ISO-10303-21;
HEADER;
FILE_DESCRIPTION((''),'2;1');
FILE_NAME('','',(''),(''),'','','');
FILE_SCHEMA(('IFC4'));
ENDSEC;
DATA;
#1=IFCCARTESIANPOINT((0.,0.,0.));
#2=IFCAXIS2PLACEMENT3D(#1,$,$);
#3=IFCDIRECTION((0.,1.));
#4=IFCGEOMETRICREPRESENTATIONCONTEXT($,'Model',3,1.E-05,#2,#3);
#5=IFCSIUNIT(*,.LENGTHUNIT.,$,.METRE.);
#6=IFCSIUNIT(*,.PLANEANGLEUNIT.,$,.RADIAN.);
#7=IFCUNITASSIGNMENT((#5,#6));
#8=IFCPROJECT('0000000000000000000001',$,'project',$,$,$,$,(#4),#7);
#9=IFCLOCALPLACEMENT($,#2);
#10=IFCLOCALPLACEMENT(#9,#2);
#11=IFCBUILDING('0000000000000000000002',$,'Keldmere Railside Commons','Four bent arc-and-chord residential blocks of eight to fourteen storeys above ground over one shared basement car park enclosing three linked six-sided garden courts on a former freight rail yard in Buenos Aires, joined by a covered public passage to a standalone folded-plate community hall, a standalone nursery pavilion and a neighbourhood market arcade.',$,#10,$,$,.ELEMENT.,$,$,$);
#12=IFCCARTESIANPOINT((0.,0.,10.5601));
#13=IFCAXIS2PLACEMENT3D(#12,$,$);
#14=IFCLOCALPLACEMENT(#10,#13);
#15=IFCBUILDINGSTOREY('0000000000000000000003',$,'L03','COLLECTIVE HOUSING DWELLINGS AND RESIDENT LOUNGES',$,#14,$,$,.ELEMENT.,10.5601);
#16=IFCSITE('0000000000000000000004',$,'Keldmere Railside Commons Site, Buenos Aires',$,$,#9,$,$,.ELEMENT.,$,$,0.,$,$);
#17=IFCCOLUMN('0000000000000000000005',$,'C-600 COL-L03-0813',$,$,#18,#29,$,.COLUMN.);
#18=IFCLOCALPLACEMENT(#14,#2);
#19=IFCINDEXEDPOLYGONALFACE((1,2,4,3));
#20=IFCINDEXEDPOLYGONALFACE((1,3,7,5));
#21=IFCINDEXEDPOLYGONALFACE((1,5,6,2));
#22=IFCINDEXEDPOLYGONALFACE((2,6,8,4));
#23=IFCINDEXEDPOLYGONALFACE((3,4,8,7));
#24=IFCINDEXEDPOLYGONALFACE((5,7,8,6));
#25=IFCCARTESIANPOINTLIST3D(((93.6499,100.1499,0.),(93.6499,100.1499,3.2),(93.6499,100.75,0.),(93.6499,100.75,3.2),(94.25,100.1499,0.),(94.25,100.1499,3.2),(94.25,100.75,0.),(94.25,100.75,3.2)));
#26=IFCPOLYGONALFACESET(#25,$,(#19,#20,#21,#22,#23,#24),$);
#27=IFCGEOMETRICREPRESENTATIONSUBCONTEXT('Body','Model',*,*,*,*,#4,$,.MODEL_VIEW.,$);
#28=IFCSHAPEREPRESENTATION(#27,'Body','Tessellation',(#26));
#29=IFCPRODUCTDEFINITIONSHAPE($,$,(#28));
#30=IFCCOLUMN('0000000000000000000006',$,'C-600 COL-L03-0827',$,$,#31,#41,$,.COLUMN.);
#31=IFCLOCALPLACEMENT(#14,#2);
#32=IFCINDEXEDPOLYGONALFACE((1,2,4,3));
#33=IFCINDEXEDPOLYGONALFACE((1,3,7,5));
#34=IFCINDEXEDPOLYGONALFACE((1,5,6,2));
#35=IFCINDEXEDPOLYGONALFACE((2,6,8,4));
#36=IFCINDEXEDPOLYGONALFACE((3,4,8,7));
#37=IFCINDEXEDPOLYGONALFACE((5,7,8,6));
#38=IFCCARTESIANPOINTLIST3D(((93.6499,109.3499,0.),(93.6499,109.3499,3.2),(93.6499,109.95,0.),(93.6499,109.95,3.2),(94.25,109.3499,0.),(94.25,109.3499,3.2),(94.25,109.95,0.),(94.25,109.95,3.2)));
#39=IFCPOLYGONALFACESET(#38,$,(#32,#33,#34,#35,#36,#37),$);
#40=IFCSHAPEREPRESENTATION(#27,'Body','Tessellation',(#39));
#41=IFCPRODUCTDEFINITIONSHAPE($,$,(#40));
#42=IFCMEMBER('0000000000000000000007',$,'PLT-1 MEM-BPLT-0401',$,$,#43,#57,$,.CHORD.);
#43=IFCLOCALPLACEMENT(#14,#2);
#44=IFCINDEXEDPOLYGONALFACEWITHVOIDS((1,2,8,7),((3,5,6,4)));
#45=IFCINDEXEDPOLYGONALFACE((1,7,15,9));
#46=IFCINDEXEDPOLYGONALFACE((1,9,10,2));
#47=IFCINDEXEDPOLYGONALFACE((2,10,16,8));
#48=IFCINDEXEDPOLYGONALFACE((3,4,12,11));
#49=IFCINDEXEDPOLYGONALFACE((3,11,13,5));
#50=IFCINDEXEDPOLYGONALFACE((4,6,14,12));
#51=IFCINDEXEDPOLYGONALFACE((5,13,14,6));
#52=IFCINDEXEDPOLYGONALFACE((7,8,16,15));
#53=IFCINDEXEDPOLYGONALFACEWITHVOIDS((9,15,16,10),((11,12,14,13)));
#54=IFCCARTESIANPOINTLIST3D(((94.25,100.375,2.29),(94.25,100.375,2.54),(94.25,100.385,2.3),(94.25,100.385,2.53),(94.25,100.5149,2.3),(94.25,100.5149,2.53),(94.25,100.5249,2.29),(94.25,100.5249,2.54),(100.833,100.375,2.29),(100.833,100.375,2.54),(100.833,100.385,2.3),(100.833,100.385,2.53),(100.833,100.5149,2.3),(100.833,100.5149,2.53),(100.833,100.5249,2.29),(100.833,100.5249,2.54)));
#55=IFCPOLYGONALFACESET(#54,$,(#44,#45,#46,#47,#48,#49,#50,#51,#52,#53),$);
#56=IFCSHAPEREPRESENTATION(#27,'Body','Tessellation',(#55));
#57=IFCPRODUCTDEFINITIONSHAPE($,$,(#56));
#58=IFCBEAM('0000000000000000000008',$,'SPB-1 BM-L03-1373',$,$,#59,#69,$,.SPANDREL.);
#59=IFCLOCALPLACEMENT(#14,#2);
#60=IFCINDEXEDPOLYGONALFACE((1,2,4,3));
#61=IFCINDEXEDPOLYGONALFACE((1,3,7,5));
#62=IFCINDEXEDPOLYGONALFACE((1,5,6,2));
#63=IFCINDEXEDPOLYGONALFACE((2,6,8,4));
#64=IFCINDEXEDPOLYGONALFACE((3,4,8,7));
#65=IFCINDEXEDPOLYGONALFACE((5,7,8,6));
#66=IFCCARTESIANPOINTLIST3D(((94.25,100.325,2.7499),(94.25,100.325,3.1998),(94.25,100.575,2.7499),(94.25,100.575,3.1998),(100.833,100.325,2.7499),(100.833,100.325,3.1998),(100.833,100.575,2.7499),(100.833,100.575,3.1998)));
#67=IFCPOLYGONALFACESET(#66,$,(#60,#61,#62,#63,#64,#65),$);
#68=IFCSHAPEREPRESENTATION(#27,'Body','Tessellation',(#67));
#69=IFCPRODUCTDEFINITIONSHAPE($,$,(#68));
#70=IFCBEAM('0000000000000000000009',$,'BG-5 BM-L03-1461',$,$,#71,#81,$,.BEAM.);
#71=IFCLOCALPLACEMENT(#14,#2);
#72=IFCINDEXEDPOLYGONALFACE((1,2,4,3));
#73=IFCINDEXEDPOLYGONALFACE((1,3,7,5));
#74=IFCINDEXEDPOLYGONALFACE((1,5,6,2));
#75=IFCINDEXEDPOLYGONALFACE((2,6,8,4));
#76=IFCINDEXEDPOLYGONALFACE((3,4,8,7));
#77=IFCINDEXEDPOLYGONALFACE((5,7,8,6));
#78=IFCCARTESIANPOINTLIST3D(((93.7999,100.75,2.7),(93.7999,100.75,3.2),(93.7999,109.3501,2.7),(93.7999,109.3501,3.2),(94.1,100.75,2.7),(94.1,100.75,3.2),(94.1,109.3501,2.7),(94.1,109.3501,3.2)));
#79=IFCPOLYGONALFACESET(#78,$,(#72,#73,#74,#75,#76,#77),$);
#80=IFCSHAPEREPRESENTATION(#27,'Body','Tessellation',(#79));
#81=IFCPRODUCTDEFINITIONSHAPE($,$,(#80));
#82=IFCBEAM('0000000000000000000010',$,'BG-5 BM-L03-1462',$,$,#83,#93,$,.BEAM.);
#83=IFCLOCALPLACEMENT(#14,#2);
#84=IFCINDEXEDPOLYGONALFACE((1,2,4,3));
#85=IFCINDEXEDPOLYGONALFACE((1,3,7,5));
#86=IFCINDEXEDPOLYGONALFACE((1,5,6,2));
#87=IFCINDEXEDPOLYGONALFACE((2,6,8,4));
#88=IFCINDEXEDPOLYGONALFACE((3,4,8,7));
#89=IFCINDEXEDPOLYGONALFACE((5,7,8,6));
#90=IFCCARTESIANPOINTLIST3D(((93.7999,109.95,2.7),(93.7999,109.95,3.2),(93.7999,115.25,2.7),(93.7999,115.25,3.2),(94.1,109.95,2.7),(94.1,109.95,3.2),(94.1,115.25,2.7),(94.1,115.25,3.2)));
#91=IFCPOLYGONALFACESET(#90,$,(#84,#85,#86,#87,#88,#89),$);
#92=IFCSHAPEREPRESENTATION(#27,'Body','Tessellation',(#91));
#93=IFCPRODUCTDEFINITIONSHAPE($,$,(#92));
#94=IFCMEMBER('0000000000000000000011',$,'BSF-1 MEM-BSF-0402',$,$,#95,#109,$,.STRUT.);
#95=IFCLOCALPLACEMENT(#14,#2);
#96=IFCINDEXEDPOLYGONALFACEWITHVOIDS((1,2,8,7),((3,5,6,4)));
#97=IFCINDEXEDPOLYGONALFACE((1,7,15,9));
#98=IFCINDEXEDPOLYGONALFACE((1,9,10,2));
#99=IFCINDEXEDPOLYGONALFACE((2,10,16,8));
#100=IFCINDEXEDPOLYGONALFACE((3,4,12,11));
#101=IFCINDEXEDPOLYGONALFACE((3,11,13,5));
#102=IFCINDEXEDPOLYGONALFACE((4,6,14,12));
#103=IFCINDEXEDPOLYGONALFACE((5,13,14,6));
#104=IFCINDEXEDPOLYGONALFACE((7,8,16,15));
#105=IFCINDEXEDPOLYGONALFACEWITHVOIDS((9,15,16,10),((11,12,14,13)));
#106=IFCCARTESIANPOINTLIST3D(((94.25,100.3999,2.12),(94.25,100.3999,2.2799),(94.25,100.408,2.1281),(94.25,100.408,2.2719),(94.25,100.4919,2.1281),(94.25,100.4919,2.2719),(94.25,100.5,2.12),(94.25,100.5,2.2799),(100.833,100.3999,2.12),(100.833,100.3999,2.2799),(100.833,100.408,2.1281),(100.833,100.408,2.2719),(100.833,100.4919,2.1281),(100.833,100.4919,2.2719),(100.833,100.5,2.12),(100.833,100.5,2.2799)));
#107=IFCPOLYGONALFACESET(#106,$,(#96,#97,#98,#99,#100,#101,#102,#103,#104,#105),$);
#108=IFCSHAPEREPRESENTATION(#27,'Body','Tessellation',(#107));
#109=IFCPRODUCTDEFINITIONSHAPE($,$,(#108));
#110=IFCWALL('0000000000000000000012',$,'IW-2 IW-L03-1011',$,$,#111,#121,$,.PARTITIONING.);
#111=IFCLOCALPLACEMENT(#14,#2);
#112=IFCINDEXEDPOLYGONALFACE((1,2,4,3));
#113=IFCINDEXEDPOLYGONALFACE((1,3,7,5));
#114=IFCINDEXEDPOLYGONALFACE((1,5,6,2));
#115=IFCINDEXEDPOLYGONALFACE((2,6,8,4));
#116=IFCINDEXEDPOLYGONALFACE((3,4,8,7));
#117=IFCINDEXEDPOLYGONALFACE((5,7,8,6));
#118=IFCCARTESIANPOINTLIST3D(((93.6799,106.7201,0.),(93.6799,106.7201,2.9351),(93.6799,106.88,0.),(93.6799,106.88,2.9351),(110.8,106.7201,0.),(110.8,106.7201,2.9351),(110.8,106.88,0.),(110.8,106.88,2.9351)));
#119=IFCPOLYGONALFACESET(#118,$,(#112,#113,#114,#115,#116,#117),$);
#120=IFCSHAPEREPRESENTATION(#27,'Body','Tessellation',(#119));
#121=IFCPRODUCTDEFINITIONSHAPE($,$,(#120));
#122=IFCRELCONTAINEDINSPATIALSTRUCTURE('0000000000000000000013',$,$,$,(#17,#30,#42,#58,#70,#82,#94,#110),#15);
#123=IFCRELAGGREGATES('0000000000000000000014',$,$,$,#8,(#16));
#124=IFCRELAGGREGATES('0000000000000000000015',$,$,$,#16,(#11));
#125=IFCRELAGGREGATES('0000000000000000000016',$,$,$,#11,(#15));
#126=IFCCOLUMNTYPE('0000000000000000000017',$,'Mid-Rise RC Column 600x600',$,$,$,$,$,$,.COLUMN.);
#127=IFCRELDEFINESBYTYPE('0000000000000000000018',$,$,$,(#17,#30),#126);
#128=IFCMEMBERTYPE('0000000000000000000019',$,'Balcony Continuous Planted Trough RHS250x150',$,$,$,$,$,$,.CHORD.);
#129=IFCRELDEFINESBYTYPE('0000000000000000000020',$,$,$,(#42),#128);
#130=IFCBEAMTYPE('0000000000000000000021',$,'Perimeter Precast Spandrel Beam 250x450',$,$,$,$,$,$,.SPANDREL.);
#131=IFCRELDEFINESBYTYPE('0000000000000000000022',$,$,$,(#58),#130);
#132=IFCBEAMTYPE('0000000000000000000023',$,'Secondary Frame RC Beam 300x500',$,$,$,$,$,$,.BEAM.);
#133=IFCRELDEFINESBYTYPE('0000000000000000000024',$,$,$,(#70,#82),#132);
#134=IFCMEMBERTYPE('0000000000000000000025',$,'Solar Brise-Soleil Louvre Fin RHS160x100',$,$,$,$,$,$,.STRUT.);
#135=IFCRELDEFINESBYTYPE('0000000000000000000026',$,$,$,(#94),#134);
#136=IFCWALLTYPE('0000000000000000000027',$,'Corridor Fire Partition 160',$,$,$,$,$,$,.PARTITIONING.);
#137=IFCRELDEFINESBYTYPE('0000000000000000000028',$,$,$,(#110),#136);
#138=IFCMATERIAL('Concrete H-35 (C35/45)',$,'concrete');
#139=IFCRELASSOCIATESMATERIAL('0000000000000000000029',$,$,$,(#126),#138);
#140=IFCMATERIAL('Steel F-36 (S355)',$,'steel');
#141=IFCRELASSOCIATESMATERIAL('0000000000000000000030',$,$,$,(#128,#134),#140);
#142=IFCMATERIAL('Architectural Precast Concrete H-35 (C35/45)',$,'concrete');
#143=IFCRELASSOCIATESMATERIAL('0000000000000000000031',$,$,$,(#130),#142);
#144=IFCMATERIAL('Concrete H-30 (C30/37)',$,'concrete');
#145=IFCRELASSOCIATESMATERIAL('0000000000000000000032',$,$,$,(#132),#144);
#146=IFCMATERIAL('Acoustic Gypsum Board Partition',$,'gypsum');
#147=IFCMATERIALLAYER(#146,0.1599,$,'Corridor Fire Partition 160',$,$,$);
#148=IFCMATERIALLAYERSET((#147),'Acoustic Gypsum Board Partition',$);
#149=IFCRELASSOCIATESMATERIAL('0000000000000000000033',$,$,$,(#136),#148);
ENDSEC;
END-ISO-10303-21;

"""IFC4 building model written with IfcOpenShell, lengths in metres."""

from ifc_helpers import new_model, si_unit, direction, frame, frame_2d, origin, origin_2d, place, context, subcontext, project, spatial, rectangle, hollow_rectangle, extrude, material, layer, layer_set, material_profile, profile_set, type_object, element, save


model = new_model("IFC4")

# Units and contexts
model_context = context("Model", 3, precision=1e-05, world=origin(), true_north=direction((0.0, 1.0)))
body_context = subcontext(model_context, "Body", "Model", "MODEL_VIEW")
ifc_project = project(units=[si_unit("LENGTHUNIT", "METRE"), si_unit("PLANEANGLEUNIT", "RADIAN")], contexts=[model_context])

# Site, building, storey
site_placement = place(None, origin())
site = spatial("IfcSite", under=ifc_project, at=site_placement, Name="Keldmere Railside Commons Site, Buenos Aires", CompositionType="ELEMENT", RefElevation=0.0)
building_placement = place(site_placement, origin())
building = spatial("IfcBuilding", under=site, at=building_placement, Name="Keldmere Railside Commons", Description="Four bent arc-and-chord residential blocks of eight to fourteen storeys above ground over one shared basement car park enclosing three linked six-sided garden courts on a former freight rail yard in Buenos Aires, joined by a covered public passage to a standalone folded-plate community hall, a standalone nursery pavilion and a neighbourhood market arcade.", CompositionType="ELEMENT")
storey_placement = place(building_placement, frame((0.0, 0.0, 10.5601)))
storey = spatial("IfcBuildingStorey", under=building, at=storey_placement, Name="L03", Description="COLLECTIVE HOUSING DWELLINGS AND RESIDENT LOUNGES", CompositionType="ELEMENT", Elevation=10.5601)

# Columns
ifc_material_1 = material(Name="Concrete H-35 (C35/45)", Category="concrete")
ifc_material_profile_1 = material_profile(ifc_material_1, rectangle(XDim=0.6001, YDim=0.6001, at=origin_2d()), Name="RC-600x600")
ifc_profile_set_1 = profile_set([ifc_material_profile_1], Name="Concrete H-35 (C35/45)")
column_type = type_object("IfcColumnType", Name="Mid-Rise RC Column 600x600", PredefinedType="COLUMN", material=ifc_profile_set_1)
for number, where, z_axis, x_axis, name in (
    (1, (93.95, 100.45, 0.0), (0.0, 0.0, 1.0), (1.0, 0.0, 0.0), "C-600 COL-L03-0813"),
    (2, (93.95, 109.6499, 0.0), (0.0, 0.0, 1.0), (1.0, 0.0, 0.0), "C-600 COL-L03-0827"),
):
    element("IfcColumn", number, at=place(storey_placement, frame(where, z_axis=z_axis, x_axis=x_axis)), inside=storey, type_object=column_type, Name=name, PredefinedType="COLUMN", context=body_context, shape_type="SweptSolid", body=[
        extrude(rectangle(XDim=0.6001, YDim=0.6001, at=origin_2d()), origin(), (0.0, 0.0, 1.0), 3.2),
    ])

# Member
ifc_material_2 = material(Name="Steel F-36 (S355)", Category="steel")
ifc_material_profile_2 = material_profile(ifc_material_2, hollow_rectangle(XDim=0.1499, YDim=0.25, WallThickness=0.01, at=origin_2d()), Name="RHS-250x150x10")
ifc_profile_set_2 = profile_set([ifc_material_profile_2], Name="Steel F-36 (S355)")
member_type_1 = type_object("IfcMemberType", Name="Balcony Continuous Planted Trough RHS250x150", PredefinedType="CHORD", material=ifc_profile_set_2)
member_1_placement = place(storey_placement, frame((94.25, 100.45, 2.415), z_axis=(1.0, 0.0, 0.0), x_axis=(0.0, 1.0, 0.0)))
element("IfcMember", 3, at=member_1_placement, inside=storey, type_object=member_type_1, Name="PLT-1 MEM-BPLT-0401", PredefinedType="CHORD", context=body_context, shape_type="SweptSolid", body=[
    extrude(hollow_rectangle(XDim=0.1499, YDim=0.25, WallThickness=0.01, at=origin_2d()), origin(), (0.0, 0.0, 1.0), 6.583),
])

# Beams
ifc_material_3 = material(Name="Architectural Precast Concrete H-35 (C35/45)", Category="concrete")
ifc_material_profile_3 = material_profile(ifc_material_3, rectangle(XDim=0.25, YDim=0.45, at=origin_2d()), Name="RC-250x450")
ifc_profile_set_3 = profile_set([ifc_material_profile_3], Name="Architectural Precast Concrete H-35 (C35/45)")
beam_type_1 = type_object("IfcBeamType", Name="Perimeter Precast Spandrel Beam 250x450", PredefinedType="SPANDREL", material=ifc_profile_set_3)
beam_1_placement = place(storey_placement, frame((94.25, 100.45, 2.9749), z_axis=(1.0, 0.0, 0.0), x_axis=(0.0, 1.0, 0.0)))
element("IfcBeam", 4, at=beam_1_placement, inside=storey, type_object=beam_type_1, Name="SPB-1 BM-L03-1373", PredefinedType="SPANDREL", context=body_context, shape_type="SweptSolid", body=[
    extrude(rectangle(XDim=0.25, YDim=0.45, at=origin_2d()), origin(), (0.0, 0.0, 1.0), 6.583),
])
ifc_material_4 = material(Name="Concrete H-30 (C30/37)", Category="concrete")
ifc_material_profile_4 = material_profile(ifc_material_4, rectangle(XDim=0.3, YDim=0.5, at=origin_2d()), Name="RC-300x500")
ifc_profile_set_4 = profile_set([ifc_material_profile_4], Name="Concrete H-30 (C30/37)")
beam_type_2 = type_object("IfcBeamType", Name="Secondary Frame RC Beam 300x500", PredefinedType="BEAM", material=ifc_profile_set_4)
beam_2_placement = place(storey_placement, frame((93.95, 100.75, 2.95), z_axis=(0.0, 1.0, 0.0), x_axis=(-1.0, 0.0, 0.0)))
element("IfcBeam", 5, at=beam_2_placement, inside=storey, type_object=beam_type_2, Name="BG-5 BM-L03-1461", PredefinedType="BEAM", context=body_context, shape_type="SweptSolid", body=[
    extrude(rectangle(XDim=0.3, YDim=0.5, at=origin_2d()), origin(), (0.0, 0.0, 1.0), 8.6001),
])
beam_3_placement = place(storey_placement, frame((93.95, 109.95, 2.95), z_axis=(0.0, 1.0, 0.0), x_axis=(-1.0, 0.0, 0.0)))
element("IfcBeam", 6, at=beam_3_placement, inside=storey, type_object=beam_type_2, Name="BG-5 BM-L03-1462", PredefinedType="BEAM", context=body_context, shape_type="SweptSolid", body=[
    extrude(rectangle(XDim=0.3, YDim=0.5, at=origin_2d()), origin(), (0.0, 0.0, 1.0), 5.3),
])

# Member
ifc_material_profile_5 = material_profile(ifc_material_2, hollow_rectangle(XDim=0.1001, YDim=0.1599, WallThickness=0.0081, at=origin_2d()), Name="RHS-160x100x8")
ifc_profile_set_5 = profile_set([ifc_material_profile_5], Name="Steel F-36 (S355)")
member_type_2 = type_object("IfcMemberType", Name="Solar Brise-Soleil Louvre Fin RHS160x100", PredefinedType="STRUT", material=ifc_profile_set_5)
member_2_placement = place(storey_placement, frame((94.25, 100.45, 2.2), z_axis=(1.0, 0.0, 0.0), x_axis=(0.0, 1.0, 0.0)))
element("IfcMember", 7, at=member_2_placement, inside=storey, type_object=member_type_2, Name="BSF-1 MEM-BSF-0402", PredefinedType="STRUT", context=body_context, shape_type="SweptSolid", body=[
    extrude(hollow_rectangle(XDim=0.1001, YDim=0.1599, WallThickness=0.0081, at=origin_2d()), origin(), (0.0, 0.0, 1.0), 6.583),
])

# Wall
ifc_material_5 = material(Name="Acoustic Gypsum Board Partition", Category="gypsum")
ifc_layer = layer(ifc_material_5, 0.1599, Name="Corridor Fire Partition 160")
ifc_layer_set = layer_set([ifc_layer], Name="Acoustic Gypsum Board Partition")
wall_type = type_object("IfcWallType", Name="Corridor Fire Partition 160", PredefinedType="PARTITIONING", material=ifc_layer_set)
wall_1_placement = place(storey_placement, frame((93.6799, 106.8, 0.0), z_axis=(0.0, 0.0, 1.0), x_axis=(1.0, 0.0, 0.0)))
element("IfcWall", 8, at=wall_1_placement, inside=storey, type_object=wall_type, Name="IW-2 IW-L03-1011", PredefinedType="PARTITIONING", context=body_context, shape_type="SweptSolid", body=[
    extrude(rectangle(XDim=17.1201, YDim=0.1599, at=frame_2d((8.5601, 0.0))), origin(), (0.0, 0.0, 1.0), 2.9351),
])

save(model, "model.ifc")
